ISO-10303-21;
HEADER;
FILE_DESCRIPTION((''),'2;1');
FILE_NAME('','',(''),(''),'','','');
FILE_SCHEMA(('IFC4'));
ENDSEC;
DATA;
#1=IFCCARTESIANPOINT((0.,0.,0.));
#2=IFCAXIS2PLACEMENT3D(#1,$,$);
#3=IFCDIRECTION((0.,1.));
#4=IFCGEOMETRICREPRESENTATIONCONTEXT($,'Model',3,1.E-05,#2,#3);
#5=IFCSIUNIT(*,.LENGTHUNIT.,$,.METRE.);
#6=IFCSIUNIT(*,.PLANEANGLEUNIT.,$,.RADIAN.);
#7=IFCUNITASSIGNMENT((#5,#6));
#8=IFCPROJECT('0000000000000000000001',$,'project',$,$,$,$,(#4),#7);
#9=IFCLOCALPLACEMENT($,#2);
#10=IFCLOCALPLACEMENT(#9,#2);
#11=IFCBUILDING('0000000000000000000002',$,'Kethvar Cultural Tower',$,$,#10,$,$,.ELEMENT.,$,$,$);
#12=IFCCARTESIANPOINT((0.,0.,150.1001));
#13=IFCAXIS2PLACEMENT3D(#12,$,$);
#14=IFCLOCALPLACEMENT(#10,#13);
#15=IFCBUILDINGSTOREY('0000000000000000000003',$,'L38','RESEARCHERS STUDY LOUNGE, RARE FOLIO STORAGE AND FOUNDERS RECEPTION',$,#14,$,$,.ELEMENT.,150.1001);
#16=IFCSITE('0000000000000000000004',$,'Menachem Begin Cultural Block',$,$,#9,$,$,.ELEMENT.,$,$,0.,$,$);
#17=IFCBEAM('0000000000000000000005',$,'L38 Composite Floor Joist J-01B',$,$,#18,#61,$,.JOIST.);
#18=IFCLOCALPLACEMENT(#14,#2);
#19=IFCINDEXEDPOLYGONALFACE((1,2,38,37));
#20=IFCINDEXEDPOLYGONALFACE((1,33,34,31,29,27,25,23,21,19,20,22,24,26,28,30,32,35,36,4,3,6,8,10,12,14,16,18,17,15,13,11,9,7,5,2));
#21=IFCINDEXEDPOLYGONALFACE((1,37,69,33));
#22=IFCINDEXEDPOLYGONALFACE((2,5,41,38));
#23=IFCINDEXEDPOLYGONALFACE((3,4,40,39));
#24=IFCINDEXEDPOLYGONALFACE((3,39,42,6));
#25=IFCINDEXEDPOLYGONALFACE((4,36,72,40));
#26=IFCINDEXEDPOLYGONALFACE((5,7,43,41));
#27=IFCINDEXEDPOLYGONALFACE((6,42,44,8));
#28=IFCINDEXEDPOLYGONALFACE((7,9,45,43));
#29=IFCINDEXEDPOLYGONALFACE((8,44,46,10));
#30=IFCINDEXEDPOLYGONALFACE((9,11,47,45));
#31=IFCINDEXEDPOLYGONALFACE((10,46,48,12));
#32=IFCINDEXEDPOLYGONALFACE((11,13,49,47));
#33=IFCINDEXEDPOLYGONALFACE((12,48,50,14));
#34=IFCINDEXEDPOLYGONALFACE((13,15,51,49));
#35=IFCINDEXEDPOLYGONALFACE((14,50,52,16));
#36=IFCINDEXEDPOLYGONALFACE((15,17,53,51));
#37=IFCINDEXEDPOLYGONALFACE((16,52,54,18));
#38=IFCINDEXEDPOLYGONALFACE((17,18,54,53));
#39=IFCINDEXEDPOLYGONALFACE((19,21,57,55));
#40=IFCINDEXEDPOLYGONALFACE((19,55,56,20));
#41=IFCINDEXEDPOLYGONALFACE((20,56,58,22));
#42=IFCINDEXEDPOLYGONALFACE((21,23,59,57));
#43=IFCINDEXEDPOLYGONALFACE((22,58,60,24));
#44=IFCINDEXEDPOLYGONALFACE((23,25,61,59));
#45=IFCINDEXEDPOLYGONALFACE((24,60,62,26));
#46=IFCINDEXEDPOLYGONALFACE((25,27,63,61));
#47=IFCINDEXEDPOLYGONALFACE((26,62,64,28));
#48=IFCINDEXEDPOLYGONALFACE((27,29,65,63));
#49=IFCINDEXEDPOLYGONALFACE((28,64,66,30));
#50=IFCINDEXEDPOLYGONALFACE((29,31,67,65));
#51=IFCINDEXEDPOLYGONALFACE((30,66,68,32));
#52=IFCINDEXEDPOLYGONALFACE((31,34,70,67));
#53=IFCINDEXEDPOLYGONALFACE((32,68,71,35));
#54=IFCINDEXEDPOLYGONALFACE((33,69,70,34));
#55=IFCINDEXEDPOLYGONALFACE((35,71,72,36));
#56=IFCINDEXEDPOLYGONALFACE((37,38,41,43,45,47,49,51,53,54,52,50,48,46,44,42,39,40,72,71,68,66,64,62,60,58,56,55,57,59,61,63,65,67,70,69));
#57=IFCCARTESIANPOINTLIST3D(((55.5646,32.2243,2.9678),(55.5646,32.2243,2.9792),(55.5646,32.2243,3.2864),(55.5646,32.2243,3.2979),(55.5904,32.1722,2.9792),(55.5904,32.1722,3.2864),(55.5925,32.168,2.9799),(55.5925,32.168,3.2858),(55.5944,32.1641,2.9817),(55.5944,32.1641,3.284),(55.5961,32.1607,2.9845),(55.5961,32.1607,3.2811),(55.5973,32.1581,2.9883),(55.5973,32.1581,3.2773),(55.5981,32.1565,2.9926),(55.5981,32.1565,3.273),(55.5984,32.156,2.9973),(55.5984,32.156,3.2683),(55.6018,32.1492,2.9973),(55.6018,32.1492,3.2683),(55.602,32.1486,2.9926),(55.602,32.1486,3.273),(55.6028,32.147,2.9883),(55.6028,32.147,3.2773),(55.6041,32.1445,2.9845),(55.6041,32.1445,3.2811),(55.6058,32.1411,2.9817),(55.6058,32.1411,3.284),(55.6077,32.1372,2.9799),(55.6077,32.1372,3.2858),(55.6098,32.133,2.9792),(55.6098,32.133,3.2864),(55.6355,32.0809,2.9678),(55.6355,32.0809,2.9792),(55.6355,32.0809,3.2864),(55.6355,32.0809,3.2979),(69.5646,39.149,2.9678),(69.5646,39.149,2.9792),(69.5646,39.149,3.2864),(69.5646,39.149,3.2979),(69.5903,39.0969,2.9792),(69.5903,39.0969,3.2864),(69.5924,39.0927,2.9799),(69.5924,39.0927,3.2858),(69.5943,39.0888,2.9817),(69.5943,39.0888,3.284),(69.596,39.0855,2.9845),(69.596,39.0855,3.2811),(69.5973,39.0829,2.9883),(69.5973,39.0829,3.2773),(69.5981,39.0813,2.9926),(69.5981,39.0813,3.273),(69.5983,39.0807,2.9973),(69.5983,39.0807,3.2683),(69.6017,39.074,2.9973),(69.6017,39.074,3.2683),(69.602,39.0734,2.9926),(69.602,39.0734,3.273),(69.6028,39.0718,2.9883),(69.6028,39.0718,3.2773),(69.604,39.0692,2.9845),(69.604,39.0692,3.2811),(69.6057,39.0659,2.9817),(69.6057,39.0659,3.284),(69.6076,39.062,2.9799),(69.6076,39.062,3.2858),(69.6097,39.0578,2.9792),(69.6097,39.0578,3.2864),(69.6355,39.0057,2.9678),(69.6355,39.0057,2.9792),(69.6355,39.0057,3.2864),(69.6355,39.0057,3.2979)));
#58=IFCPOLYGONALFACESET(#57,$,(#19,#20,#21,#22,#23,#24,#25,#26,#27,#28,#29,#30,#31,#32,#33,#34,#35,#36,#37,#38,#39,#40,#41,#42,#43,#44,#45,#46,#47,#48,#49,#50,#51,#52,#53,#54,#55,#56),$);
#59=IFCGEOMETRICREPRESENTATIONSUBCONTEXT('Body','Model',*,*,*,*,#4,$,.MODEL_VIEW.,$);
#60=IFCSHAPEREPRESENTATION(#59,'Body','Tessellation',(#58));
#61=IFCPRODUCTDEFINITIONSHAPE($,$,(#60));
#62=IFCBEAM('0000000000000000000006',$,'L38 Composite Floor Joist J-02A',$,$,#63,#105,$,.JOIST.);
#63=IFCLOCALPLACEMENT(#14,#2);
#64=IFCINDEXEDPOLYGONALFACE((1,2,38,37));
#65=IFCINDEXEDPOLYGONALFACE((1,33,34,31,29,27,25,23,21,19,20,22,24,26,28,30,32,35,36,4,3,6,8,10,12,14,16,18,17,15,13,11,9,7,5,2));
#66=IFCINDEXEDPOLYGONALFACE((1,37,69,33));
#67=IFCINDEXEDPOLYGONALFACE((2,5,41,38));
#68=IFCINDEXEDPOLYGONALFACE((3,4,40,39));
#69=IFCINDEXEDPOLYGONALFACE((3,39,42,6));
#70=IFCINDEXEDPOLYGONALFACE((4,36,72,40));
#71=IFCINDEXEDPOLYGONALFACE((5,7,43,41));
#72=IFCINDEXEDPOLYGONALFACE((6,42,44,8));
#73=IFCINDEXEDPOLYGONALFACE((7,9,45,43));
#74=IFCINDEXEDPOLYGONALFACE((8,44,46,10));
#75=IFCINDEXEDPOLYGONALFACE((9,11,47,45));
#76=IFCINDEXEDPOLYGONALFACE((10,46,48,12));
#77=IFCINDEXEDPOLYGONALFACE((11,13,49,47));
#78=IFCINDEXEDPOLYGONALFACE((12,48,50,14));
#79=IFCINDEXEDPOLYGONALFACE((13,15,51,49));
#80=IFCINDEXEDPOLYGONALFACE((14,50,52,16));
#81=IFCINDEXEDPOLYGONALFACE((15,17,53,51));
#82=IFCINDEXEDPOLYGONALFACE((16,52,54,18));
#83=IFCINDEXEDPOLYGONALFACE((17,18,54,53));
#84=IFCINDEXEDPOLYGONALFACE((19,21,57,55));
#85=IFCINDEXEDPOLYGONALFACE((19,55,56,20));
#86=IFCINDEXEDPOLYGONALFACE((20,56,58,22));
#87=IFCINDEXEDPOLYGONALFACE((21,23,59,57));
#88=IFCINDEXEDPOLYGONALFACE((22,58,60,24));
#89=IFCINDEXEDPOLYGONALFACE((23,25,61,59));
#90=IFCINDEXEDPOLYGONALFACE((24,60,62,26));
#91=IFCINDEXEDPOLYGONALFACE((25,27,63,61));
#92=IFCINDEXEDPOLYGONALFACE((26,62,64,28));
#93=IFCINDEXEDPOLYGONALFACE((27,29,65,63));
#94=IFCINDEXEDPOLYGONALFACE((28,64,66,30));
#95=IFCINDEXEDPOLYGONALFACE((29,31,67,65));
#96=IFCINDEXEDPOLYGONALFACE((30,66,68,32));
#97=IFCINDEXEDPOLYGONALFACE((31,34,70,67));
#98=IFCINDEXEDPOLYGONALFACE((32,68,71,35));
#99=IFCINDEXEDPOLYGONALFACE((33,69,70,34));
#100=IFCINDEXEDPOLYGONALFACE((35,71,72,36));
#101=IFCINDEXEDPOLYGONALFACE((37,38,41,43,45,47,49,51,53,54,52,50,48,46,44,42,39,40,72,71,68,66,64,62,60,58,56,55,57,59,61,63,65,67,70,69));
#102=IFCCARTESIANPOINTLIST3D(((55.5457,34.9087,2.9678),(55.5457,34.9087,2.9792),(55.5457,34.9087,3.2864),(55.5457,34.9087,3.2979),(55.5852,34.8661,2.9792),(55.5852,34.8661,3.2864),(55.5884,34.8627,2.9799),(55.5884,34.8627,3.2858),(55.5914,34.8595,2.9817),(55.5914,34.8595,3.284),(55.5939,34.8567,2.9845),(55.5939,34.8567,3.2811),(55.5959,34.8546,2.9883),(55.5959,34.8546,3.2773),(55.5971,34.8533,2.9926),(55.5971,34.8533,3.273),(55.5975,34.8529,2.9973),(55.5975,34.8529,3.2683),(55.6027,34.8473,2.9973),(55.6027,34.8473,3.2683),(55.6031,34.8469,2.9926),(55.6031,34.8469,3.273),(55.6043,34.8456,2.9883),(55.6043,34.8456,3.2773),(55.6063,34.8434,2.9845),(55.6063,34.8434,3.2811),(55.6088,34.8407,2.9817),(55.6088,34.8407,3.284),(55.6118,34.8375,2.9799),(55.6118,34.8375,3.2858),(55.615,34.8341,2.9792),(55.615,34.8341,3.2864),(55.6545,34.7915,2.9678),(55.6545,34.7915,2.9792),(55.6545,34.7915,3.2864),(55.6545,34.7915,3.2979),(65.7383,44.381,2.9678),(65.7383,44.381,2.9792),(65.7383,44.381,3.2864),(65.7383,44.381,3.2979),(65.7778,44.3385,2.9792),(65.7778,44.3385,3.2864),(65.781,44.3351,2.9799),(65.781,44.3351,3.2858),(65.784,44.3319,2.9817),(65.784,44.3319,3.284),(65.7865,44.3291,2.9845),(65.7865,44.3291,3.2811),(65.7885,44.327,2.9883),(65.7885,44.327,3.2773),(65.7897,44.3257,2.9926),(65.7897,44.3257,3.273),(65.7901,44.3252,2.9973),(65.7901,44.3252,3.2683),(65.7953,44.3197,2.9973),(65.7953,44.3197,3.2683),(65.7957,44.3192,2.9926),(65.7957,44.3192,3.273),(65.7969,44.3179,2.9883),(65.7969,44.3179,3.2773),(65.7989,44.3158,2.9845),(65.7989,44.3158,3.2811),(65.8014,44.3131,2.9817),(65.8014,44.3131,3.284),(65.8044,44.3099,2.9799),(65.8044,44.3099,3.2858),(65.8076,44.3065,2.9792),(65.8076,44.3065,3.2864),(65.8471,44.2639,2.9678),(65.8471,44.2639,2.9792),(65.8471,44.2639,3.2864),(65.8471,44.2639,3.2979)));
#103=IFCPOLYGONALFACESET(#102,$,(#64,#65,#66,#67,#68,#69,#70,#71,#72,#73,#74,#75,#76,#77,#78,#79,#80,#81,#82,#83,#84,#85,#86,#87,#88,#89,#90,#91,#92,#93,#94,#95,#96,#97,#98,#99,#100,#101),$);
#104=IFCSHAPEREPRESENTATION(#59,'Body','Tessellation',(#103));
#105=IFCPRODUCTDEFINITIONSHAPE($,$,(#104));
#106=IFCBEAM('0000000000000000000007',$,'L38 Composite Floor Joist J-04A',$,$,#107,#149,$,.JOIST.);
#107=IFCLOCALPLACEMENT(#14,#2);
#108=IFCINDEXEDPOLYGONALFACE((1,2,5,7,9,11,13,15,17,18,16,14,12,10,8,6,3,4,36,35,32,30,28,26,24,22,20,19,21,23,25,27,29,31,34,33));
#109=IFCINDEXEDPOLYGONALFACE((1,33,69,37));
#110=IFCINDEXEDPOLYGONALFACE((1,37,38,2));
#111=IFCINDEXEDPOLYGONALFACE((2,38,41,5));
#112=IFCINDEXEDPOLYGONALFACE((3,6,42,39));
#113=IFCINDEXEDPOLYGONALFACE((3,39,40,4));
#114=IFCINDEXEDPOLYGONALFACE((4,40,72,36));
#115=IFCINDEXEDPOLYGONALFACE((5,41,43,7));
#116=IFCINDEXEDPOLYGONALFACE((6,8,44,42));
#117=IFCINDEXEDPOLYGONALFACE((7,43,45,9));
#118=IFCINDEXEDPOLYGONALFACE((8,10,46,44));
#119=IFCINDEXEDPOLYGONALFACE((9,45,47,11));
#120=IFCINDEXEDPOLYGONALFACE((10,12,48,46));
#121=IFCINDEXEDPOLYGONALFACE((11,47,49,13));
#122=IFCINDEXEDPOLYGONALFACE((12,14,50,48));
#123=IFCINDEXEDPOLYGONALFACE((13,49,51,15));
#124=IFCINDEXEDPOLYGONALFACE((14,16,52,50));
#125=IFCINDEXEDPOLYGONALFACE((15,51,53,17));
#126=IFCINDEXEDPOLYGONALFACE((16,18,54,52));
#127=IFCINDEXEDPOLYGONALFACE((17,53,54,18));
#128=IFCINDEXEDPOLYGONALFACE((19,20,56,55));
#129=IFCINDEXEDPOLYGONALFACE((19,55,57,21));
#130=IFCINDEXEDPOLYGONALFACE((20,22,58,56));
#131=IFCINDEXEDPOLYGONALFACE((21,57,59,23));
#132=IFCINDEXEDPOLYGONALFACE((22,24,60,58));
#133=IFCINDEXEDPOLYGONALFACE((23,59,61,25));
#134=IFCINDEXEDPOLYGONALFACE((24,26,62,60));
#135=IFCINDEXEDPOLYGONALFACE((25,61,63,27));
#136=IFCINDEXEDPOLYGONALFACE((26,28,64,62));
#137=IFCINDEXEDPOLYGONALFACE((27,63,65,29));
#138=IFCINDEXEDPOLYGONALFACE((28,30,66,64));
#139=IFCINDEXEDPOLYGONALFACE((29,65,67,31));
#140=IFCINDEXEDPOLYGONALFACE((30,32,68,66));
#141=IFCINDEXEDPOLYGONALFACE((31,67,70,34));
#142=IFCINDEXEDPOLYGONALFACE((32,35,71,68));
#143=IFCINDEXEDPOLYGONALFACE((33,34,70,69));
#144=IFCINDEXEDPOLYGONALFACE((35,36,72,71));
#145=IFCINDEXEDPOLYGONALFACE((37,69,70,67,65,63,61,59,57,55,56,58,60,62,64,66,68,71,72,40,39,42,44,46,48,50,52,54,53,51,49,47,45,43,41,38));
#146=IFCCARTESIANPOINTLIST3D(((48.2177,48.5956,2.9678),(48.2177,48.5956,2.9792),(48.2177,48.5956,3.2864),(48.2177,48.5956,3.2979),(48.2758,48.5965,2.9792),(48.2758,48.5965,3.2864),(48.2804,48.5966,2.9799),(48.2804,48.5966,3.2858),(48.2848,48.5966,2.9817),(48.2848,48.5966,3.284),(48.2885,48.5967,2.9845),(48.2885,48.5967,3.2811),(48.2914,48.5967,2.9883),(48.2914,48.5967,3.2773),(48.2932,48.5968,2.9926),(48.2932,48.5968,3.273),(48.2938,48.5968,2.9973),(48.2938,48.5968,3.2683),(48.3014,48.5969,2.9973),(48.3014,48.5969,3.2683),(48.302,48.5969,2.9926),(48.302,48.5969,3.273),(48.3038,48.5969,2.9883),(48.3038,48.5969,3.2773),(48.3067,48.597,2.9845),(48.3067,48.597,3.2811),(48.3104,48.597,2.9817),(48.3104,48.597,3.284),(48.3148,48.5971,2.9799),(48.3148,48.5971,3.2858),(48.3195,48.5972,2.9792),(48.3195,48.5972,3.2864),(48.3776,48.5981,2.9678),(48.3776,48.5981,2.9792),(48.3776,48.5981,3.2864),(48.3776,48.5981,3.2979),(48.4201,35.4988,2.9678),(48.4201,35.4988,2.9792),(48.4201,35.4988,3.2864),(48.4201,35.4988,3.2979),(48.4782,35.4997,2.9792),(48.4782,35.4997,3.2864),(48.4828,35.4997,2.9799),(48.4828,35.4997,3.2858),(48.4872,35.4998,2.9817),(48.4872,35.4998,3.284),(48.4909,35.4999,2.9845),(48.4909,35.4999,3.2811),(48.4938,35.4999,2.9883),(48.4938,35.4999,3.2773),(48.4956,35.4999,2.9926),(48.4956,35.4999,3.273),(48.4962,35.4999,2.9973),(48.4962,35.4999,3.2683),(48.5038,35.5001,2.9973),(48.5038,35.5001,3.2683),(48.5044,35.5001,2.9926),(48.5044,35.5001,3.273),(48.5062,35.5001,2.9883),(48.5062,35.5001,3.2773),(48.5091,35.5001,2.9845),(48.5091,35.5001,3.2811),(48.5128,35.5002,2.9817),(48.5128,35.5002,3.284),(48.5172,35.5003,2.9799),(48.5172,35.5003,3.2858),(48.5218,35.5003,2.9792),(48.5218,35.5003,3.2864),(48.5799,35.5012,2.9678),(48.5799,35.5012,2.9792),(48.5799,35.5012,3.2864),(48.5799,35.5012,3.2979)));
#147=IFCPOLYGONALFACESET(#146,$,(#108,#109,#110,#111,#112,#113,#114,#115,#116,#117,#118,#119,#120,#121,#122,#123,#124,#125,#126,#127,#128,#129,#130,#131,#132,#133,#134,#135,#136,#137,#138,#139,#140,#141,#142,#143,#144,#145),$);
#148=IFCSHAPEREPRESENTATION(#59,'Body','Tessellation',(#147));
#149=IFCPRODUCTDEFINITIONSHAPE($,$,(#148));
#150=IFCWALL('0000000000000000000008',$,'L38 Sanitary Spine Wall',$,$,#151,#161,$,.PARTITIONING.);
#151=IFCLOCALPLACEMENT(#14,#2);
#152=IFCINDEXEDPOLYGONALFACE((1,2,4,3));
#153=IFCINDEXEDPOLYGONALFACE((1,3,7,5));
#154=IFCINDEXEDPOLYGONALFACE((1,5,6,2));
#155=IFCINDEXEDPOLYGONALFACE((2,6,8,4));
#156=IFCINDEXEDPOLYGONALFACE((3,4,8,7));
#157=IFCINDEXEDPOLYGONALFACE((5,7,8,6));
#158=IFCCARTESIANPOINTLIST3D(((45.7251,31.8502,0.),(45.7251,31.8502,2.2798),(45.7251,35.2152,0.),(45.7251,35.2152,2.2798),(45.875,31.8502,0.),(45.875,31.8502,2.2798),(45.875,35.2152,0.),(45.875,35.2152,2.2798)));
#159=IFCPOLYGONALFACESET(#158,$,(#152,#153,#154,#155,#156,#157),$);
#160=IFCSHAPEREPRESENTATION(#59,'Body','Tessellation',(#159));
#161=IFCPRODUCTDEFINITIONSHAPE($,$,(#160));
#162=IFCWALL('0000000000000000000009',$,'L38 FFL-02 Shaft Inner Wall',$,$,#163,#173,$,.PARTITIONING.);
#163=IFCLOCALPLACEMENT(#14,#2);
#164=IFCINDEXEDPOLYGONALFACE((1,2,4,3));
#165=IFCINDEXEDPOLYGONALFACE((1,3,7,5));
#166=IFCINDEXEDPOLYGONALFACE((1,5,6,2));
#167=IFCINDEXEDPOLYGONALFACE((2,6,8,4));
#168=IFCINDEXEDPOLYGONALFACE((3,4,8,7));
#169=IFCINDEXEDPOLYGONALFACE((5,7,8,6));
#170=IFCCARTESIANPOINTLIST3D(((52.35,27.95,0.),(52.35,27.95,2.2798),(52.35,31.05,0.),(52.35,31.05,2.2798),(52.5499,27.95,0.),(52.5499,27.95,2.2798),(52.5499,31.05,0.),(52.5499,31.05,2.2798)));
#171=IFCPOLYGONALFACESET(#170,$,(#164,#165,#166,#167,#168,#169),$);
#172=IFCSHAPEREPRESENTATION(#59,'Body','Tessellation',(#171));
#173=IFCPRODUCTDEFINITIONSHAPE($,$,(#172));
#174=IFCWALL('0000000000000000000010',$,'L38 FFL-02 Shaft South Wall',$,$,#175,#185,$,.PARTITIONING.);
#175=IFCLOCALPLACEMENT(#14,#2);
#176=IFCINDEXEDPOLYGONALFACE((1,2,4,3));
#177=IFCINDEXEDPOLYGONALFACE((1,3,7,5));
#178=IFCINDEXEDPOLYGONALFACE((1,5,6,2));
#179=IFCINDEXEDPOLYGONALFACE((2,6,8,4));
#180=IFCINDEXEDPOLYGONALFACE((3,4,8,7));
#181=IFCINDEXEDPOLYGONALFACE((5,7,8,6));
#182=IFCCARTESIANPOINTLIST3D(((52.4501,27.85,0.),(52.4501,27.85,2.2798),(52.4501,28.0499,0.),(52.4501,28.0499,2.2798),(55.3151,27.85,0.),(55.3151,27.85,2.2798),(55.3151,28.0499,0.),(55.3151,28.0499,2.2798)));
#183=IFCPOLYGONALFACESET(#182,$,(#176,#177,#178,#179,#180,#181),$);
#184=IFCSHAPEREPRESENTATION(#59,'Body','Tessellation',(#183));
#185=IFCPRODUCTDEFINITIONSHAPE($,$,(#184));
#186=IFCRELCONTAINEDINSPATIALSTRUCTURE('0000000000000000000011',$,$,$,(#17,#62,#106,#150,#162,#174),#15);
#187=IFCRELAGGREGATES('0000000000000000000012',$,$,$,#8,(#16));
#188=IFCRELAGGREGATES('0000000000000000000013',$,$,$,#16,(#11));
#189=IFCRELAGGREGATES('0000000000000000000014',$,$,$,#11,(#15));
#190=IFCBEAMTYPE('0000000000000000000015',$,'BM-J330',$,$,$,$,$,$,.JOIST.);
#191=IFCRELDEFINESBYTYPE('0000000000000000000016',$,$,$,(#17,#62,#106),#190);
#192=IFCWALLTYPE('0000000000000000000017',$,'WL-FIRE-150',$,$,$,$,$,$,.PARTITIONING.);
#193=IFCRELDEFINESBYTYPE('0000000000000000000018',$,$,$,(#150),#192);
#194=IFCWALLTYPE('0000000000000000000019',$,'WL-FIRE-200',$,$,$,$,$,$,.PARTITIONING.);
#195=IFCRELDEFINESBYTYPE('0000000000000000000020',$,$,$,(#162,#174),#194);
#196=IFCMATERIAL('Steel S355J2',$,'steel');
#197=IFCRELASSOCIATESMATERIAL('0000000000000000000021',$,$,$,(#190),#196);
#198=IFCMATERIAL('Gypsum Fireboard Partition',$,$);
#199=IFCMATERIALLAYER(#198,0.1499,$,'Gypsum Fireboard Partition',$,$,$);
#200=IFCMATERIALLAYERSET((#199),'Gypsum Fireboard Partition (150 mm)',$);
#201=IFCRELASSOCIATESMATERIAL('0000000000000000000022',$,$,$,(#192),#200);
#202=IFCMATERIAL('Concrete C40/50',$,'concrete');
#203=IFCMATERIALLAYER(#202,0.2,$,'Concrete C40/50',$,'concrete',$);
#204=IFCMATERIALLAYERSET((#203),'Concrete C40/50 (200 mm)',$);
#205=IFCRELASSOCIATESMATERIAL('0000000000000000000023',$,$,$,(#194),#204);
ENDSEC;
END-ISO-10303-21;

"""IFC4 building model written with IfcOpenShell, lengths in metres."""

from ifc_helpers import new_model, si_unit, direction, frame, frame_2d, origin, origin_2d, place, context, subcontext, project, spatial, rectangle, i_section, extrude, source, transform, mapped, material, layer, layer_set, material_profile, profile_set, type_object, element, save


model = new_model("IFC4")

# Units and contexts
model_context = context("Model", 3, precision=1e-05, world=origin(), true_north=direction((0.0, 1.0)))
body_context = subcontext(model_context, "Body", "Model", "MODEL_VIEW")
ifc_project = project(units=[si_unit("LENGTHUNIT", "METRE"), si_unit("PLANEANGLEUNIT", "RADIAN")], contexts=[model_context])

# Site, building, storey
site_placement = place(None, origin())
site = spatial("IfcSite", under=ifc_project, at=site_placement, Name="Menachem Begin Cultural Block", CompositionType="ELEMENT", RefElevation=0.0)
building_placement = place(site_placement, origin())
building = spatial("IfcBuilding", under=site, at=building_placement, Name="Kethvar Cultural Tower", CompositionType="ELEMENT")
storey_placement = place(building_placement, frame((0.0, 0.0, 150.1001)))
storey = spatial("IfcBuildingStorey", under=building, at=storey_placement, Name="L38", Description="RESEARCHERS STUDY LOUNGE, RARE FOLIO STORAGE AND FOUNDERS RECEPTION", CompositionType="ELEMENT", Elevation=150.1001)

# Beams
ifc_material_1 = material(Name="Steel S355J2", Category="steel")
ifc_material_profile_1 = material_profile(ifc_material_1, i_section(OverallWidth=0.1599, OverallDepth=0.3301, WebThickness=0.0076, FlangeThickness=0.0115, FilletRadius=0.0181, at=origin_2d()), Name="Steel S355J2 — IPE330")
ifc_profile_set_1 = profile_set([ifc_material_profile_1], Name="Steel S355J2 — IPE330")
beam_type_1 = type_object("IfcBeamType", Name="BM-J330", PredefinedType="JOIST", material=ifc_profile_set_1)
shared_shape_1 = source(origin(), body_context, "Body", "SweptSolid", [
    extrude(i_section(OverallWidth=0.1599, OverallDepth=0.3301, WebThickness=0.0076, FlangeThickness=0.0115, FilletRadius=0.0181, at=origin_2d()), origin(), (0.0, 0.0, 1.0), 15.6189),
])
beam_1_placement = place(storey_placement, frame((55.6001, 32.1526, 3.1328), z_axis=(0.896345, 0.443358, 0.0), x_axis=(-0.443358, 0.896345, 0.0)))
element("IfcBeam", 1, at=beam_1_placement, inside=storey, type_object=beam_type_1, Name="L38 Composite Floor Joist J-01B", PredefinedType="JOIST", context=body_context, shape_type="MappedRepresentation", body=[
    mapped(shared_shape_1, transform((0.0, 0.0, 0.0), scale=1.0)),
])
shared_shape_2 = source(origin(), body_context, "Body", "SweptSolid", [
    extrude(i_section(OverallWidth=0.1599, OverallDepth=0.3301, WebThickness=0.0076, FlangeThickness=0.0115, FilletRadius=0.0181, at=origin_2d()), origin(), (0.0, 0.0, 1.0), 13.9146),
])
beam_2_placement = place(storey_placement, frame((55.6001, 34.8501, 3.1328), z_axis=(0.732513, 0.680753, 0.0), x_axis=(-0.680753, 0.732513, 0.0)))
element("IfcBeam", 2, at=beam_2_placement, inside=storey, type_object=beam_type_1, Name="L38 Composite Floor Joist J-02A", PredefinedType="JOIST", context=body_context, shape_type="MappedRepresentation", body=[
    mapped(shared_shape_2, transform((0.0, 0.0, 0.0), scale=1.0)),
])
shared_shape_3 = source(origin(), body_context, "Body", "SweptSolid", [
    extrude(i_section(OverallWidth=0.1599, OverallDepth=0.3301, WebThickness=0.0076, FlangeThickness=0.0115, FilletRadius=0.0181, at=origin_2d()), origin(), (0.0, 0.0, 1.0), 13.0984),
])
beam_3_placement = place(storey_placement, frame((48.5, 35.5, 3.1328), z_axis=(-0.015452, 0.999881, 0.0), x_axis=(-0.999881, -0.015452, 0.0)))
element("IfcBeam", 3, at=beam_3_placement, inside=storey, type_object=beam_type_1, Name="L38 Composite Floor Joist J-04A", PredefinedType="JOIST", context=body_context, shape_type="MappedRepresentation", body=[
    mapped(shared_shape_3, transform((0.0, 0.0, 0.0), scale=1.0)),
])

# Walls
ifc_material_2 = material(Name="Gypsum Fireboard Partition")
ifc_layer_1 = layer(ifc_material_2, 0.1499, Name="Gypsum Fireboard Partition")
ifc_layer_set_1 = layer_set([ifc_layer_1], Name="Gypsum Fireboard Partition (150 mm)")
wall_type_1 = type_object("IfcWallType", Name="WL-FIRE-150", PredefinedType="PARTITIONING", material=ifc_layer_set_1)
wall_1_placement = place(storey_placement, frame((45.8, 31.8501, 0.0), z_axis=(0.0, 0.0, 1.0), x_axis=(0.0, 1.0, 0.0)))
element("IfcWall", 4, at=wall_1_placement, inside=storey, type_object=wall_type_1, Name="L38 Sanitary Spine Wall", PredefinedType="PARTITIONING", context=body_context, shape_type="SweptSolid", body=[
    extrude(rectangle(XDim=3.365, YDim=0.1499, at=frame_2d((1.6826, 0.0))), origin(), (0.0, 0.0, 1.0), 2.2798),
])
ifc_material_3 = material(Name="Concrete C40/50", Category="concrete")
ifc_layer_2 = layer(ifc_material_3, 0.2, Name="Concrete C40/50", Category="concrete")
ifc_layer_set_2 = layer_set([ifc_layer_2], Name="Concrete C40/50 (200 mm)")
wall_type_2 = type_object("IfcWallType", Name="WL-FIRE-200", PredefinedType="PARTITIONING", material=ifc_layer_set_2)
wall_2_placement = place(storey_placement, frame((52.45, 27.95, 0.0), z_axis=(0.0, 0.0, 1.0), x_axis=(0.0, 1.0, 0.0)))
element("IfcWall", 5, at=wall_2_placement, inside=storey, type_object=wall_type_2, Name="L38 FFL-02 Shaft Inner Wall", PredefinedType="PARTITIONING", context=body_context, shape_type="SweptSolid", body=[
    extrude(rectangle(XDim=3.1001, YDim=0.2, at=frame_2d((1.55, 0.0))), origin(), (0.0, 0.0, 1.0), 2.2798),
])
for number, where, z_axis, x_axis, name in (
    (6, (52.45, 27.95, 0.0), (0.0, 0.0, 1.0), (1.0, 0.0, 0.0), "L38 FFL-02 Shaft South Wall"),
):
    element("IfcWall", number, at=place(storey_placement, frame(where, z_axis=z_axis, x_axis=x_axis)), inside=storey, type_object=wall_type_2, Name=name, PredefinedType="PARTITIONING", context=body_context, shape_type="SweptSolid", body=[
        extrude(rectangle(XDim=2.865, YDim=0.2, at=frame_2d((1.4326, 0.0))), origin(), (0.0, 0.0, 1.0), 2.2798),
    ])

save(model, "model.ifc")
